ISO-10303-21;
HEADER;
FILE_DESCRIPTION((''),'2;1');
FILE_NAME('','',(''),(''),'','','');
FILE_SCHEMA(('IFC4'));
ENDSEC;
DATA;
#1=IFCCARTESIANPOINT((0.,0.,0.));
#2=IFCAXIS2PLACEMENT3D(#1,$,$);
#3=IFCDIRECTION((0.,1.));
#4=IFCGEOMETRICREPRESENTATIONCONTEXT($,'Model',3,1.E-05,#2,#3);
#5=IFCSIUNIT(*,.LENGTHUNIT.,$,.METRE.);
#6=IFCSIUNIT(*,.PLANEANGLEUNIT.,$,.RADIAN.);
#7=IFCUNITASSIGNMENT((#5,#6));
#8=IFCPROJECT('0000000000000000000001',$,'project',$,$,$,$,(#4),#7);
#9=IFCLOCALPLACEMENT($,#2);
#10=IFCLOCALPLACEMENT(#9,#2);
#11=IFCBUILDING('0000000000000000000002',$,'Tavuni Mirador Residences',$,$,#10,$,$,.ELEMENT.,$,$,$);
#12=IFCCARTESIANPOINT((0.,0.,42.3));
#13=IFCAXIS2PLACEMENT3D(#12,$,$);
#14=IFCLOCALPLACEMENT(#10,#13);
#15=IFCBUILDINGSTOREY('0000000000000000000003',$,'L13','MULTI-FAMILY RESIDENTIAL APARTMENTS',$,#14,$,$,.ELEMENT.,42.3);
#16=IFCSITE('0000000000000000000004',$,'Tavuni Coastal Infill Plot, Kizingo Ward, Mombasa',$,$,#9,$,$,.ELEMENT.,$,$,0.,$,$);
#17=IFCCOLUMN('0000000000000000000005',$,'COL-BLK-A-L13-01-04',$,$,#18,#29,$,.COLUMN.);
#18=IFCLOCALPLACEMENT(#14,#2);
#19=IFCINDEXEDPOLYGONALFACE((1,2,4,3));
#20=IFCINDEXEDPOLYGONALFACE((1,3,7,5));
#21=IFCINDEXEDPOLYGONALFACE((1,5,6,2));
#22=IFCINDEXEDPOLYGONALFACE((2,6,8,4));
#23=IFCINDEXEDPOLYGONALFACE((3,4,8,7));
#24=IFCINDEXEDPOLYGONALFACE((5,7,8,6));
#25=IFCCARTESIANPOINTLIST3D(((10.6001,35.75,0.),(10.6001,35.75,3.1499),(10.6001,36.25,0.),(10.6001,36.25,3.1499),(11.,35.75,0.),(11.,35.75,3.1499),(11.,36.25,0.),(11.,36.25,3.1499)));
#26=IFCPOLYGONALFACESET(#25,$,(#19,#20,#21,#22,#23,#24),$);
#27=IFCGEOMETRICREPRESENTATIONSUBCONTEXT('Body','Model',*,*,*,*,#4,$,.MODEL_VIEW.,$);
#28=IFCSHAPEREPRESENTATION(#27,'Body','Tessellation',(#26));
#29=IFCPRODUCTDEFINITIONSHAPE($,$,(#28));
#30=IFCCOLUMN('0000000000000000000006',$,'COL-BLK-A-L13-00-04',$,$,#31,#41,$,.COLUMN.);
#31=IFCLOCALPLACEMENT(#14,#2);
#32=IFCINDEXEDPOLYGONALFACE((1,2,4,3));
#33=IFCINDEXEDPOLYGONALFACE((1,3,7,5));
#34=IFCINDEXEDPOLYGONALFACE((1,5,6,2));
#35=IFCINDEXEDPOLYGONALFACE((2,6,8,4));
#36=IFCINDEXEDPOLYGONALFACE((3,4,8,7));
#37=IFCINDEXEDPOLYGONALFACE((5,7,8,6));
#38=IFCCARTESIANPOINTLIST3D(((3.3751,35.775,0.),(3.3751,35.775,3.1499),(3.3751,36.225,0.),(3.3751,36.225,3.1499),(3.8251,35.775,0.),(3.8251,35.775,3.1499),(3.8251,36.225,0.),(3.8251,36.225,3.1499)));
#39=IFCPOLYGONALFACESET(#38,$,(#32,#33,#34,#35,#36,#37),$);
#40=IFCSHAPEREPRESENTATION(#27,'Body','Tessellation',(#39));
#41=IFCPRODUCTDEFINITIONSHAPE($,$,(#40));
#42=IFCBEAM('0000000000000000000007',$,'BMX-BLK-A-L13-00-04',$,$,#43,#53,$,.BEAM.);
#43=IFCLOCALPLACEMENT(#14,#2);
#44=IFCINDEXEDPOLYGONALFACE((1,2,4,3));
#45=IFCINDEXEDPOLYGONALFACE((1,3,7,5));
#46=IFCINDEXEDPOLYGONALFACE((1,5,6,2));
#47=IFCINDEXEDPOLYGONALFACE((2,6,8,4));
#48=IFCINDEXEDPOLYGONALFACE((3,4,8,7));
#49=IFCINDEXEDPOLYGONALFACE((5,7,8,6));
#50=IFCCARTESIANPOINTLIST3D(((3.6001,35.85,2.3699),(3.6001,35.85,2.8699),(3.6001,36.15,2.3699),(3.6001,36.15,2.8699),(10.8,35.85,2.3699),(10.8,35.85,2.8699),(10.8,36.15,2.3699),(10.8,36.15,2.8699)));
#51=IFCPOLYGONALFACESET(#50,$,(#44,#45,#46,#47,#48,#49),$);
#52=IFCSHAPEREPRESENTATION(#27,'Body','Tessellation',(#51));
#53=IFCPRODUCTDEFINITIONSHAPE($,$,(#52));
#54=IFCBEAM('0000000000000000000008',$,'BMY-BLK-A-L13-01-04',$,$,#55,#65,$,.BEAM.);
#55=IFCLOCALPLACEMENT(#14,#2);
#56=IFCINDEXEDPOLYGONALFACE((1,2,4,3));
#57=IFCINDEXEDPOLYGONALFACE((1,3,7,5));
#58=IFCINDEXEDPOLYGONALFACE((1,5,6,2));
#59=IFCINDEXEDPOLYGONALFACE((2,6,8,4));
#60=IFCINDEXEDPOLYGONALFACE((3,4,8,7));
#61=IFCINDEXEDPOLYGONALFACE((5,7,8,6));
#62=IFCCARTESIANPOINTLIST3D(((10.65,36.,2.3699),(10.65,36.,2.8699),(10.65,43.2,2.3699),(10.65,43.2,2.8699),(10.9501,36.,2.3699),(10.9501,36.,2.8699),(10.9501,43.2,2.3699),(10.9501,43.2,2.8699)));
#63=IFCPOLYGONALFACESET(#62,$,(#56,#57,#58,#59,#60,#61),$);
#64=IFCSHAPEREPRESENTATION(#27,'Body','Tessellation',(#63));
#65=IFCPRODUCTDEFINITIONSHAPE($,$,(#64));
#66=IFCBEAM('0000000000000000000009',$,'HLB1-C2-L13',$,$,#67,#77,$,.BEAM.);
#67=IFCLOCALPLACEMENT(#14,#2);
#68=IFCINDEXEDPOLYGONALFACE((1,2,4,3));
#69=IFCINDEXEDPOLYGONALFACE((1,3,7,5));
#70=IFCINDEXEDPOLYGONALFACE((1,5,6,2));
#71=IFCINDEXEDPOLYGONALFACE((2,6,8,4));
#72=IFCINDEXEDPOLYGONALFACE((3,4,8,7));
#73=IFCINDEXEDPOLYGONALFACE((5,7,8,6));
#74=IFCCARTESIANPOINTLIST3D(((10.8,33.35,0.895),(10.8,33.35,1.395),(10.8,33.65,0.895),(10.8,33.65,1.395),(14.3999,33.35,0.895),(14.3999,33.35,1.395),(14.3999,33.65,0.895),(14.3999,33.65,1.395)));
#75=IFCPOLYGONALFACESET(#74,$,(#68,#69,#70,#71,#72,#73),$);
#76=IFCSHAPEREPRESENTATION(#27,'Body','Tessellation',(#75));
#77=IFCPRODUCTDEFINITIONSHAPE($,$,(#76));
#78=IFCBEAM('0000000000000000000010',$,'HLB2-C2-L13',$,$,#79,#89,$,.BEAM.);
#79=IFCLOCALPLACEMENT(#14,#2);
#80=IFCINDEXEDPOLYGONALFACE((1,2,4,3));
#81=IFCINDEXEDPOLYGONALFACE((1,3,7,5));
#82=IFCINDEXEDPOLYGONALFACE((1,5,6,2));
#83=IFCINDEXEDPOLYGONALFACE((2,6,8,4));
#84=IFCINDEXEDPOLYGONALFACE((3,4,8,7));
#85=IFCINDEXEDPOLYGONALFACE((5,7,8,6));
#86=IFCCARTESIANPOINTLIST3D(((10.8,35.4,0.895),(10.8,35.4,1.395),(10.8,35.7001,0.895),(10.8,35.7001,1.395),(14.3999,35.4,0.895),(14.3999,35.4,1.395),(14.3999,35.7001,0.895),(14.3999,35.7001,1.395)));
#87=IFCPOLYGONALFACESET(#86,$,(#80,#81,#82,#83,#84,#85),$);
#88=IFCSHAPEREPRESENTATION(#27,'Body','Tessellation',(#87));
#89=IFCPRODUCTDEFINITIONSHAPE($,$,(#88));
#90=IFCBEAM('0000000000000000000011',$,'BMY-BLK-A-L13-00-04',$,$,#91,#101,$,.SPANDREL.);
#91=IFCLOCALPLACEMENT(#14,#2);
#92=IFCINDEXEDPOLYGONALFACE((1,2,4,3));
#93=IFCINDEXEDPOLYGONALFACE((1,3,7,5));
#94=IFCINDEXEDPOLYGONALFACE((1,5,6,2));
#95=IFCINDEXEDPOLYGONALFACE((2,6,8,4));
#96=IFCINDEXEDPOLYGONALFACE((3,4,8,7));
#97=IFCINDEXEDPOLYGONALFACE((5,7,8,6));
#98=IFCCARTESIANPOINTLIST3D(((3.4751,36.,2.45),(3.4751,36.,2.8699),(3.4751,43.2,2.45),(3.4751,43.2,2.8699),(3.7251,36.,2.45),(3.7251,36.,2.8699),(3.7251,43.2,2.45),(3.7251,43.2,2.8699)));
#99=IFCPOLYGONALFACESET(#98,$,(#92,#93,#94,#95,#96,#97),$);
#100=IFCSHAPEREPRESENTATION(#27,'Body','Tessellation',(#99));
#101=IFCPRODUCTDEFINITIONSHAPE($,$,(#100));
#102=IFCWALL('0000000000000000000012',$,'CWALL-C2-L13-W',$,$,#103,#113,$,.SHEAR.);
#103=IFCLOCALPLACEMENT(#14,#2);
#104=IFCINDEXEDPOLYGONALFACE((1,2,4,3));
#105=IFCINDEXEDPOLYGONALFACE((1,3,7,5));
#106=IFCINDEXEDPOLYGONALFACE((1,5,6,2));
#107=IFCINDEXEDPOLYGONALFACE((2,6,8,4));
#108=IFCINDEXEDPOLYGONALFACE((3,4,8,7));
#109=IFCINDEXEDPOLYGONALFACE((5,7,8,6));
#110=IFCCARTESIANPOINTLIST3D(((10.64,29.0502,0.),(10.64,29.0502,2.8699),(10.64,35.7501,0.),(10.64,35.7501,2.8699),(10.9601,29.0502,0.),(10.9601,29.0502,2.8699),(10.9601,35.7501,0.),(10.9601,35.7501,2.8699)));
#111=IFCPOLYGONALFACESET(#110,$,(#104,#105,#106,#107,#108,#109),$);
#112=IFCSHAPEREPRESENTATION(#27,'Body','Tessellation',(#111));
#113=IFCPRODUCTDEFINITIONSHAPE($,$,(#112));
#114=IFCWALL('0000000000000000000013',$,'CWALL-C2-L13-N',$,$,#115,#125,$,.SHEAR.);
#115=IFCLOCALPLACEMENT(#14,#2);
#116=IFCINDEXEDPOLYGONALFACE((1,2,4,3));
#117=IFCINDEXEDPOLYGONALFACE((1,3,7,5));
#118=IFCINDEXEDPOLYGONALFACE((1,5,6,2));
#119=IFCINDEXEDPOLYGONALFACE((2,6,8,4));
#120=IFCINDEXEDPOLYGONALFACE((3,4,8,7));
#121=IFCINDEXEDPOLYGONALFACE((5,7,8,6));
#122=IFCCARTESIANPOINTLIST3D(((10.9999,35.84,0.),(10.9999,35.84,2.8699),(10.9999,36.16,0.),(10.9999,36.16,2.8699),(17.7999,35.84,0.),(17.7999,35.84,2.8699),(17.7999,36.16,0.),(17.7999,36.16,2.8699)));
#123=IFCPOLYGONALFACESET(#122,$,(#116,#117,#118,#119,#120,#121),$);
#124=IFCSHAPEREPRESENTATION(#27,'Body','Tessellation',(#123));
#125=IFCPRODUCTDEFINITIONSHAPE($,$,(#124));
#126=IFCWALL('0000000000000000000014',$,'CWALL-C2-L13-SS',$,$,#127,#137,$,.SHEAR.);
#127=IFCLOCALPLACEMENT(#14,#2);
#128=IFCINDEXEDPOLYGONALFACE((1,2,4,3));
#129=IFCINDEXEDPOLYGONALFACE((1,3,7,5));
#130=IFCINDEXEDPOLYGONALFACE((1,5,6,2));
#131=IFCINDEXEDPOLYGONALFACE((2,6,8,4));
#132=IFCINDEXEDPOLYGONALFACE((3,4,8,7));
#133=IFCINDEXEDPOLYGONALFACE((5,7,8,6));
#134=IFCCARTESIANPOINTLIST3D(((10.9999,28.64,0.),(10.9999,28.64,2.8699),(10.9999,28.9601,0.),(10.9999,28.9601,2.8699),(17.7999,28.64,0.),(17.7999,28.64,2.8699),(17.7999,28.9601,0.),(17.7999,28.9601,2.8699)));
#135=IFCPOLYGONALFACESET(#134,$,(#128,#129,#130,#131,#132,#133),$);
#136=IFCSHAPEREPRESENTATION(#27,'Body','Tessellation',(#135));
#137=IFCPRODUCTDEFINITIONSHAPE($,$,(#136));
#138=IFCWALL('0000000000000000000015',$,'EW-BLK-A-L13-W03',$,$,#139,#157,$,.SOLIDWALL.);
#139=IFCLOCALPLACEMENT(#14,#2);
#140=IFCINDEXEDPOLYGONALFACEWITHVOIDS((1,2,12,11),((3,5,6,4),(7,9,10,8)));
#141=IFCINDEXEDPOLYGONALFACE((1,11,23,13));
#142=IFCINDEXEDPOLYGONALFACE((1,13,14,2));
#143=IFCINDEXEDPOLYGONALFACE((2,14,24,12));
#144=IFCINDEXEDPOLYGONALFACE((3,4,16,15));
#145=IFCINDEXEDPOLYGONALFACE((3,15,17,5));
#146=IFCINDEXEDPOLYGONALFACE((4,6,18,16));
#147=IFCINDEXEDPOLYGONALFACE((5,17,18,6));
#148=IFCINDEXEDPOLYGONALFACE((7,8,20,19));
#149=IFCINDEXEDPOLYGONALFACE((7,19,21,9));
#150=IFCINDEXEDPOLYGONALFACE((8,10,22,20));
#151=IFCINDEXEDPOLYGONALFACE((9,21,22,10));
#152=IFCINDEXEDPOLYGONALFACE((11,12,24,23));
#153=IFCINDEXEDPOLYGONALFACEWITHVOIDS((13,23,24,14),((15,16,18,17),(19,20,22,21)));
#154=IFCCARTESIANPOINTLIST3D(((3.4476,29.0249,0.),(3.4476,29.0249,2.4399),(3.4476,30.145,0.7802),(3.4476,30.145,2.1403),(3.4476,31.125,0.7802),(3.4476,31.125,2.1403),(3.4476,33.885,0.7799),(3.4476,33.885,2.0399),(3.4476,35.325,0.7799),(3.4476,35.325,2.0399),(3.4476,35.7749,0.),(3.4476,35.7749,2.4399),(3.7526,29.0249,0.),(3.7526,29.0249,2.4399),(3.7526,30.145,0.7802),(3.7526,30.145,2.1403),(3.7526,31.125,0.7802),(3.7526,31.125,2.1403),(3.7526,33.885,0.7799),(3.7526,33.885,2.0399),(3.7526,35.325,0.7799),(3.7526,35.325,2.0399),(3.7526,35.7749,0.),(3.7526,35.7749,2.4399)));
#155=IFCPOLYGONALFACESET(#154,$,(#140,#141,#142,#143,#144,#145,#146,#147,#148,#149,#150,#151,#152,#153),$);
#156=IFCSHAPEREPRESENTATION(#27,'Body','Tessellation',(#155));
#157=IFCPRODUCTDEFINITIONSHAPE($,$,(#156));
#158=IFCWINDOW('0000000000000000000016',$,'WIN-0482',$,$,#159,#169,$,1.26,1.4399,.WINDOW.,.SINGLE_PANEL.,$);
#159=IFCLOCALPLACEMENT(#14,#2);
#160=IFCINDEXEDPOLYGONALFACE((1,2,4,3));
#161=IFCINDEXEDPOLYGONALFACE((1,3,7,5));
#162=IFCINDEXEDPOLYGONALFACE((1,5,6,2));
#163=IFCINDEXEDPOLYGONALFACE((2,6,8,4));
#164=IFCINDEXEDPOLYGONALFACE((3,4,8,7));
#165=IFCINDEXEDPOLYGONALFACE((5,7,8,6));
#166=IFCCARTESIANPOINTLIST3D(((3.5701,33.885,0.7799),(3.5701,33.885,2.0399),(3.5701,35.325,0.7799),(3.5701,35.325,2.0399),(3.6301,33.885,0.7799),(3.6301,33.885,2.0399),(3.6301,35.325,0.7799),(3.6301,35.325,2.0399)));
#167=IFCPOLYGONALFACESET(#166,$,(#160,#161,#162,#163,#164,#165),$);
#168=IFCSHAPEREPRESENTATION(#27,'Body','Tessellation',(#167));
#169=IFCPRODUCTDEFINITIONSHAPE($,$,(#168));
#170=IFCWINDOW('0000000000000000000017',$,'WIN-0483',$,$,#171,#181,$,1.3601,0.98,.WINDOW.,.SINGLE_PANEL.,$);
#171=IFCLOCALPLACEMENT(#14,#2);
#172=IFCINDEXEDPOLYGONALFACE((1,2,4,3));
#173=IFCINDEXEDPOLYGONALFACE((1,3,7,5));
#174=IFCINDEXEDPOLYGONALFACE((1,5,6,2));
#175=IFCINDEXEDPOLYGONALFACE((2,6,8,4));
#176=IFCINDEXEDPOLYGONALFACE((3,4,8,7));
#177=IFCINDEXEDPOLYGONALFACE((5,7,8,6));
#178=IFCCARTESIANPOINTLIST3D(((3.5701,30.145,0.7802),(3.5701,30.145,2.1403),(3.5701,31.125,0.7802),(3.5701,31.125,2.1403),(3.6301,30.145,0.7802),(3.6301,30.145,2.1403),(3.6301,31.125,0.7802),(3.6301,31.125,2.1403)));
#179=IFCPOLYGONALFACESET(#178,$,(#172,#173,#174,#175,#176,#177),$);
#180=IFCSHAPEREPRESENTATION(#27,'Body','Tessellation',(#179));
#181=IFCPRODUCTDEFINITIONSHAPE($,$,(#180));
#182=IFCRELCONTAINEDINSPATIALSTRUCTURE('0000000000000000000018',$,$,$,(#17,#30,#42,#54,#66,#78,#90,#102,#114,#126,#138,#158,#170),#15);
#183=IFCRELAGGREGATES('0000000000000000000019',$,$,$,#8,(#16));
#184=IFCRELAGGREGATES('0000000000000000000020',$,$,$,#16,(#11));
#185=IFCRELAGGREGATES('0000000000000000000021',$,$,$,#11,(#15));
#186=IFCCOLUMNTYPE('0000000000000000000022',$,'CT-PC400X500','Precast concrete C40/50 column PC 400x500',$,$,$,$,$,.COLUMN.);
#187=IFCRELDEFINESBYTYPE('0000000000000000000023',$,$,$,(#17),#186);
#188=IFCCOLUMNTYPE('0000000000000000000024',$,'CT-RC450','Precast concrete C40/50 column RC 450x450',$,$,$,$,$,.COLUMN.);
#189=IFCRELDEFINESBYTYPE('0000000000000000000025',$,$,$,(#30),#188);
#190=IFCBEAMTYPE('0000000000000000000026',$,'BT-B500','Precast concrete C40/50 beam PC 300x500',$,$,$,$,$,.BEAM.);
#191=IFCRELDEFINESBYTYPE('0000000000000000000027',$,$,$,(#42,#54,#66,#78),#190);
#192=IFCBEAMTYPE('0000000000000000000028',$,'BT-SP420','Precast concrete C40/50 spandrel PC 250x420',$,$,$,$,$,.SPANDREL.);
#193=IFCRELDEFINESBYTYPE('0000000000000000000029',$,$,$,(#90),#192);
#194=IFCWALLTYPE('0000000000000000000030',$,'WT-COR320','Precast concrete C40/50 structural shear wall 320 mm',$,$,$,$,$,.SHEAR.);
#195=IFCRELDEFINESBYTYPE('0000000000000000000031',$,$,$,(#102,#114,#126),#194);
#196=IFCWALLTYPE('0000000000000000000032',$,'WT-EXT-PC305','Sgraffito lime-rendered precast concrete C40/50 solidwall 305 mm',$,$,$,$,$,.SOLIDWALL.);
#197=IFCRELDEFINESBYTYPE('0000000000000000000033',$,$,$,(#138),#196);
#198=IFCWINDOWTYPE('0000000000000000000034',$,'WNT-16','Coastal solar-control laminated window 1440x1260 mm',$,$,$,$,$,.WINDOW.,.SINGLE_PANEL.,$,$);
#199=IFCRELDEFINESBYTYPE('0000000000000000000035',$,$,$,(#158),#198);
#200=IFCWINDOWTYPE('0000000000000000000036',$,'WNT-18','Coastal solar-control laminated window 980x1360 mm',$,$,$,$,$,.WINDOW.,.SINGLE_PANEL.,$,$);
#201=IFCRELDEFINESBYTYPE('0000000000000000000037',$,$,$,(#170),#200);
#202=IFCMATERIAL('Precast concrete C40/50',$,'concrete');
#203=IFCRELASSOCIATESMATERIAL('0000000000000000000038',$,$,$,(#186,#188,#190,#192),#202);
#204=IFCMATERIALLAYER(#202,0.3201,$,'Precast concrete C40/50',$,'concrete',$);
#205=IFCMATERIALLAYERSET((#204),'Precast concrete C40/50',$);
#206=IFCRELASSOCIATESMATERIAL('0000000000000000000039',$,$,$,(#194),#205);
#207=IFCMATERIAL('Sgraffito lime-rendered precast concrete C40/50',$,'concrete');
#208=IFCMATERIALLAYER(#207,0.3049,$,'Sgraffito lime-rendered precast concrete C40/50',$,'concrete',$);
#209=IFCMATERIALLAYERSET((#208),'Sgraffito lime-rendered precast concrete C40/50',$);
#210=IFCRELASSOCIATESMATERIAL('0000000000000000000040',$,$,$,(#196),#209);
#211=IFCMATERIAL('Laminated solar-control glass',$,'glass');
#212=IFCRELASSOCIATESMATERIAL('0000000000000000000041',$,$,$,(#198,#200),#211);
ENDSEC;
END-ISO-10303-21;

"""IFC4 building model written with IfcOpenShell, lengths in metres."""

from ifc_helpers import new_model, si_unit, direction, frame, frame_2d, origin, origin_2d, place, context, subcontext, project, spatial, rectangle, extrude, material, layer, layer_set, material_profile, profile_set, type_object, element, fill, save


model = new_model("IFC4")

# Units and contexts
model_context = context("Model", 3, precision=1e-05, world=origin(), true_north=direction((0.0, 1.0)))
body_context = subcontext(model_context, "Body", "Model", "MODEL_VIEW")
ifc_project = project(units=[si_unit("LENGTHUNIT", "METRE"), si_unit("PLANEANGLEUNIT", "RADIAN")], contexts=[model_context])

# Site, building, storey
site_placement = place(None, origin())
site = spatial("IfcSite", under=ifc_project, at=site_placement, Name="Tavuni Coastal Infill Plot, Kizingo Ward, Mombasa", CompositionType="ELEMENT", RefElevation=0.0)
building_placement = place(site_placement, origin())
building = spatial("IfcBuilding", under=site, at=building_placement, Name="Tavuni Mirador Residences", CompositionType="ELEMENT")
storey_placement = place(building_placement, frame((0.0, 0.0, 42.3)))
storey = spatial("IfcBuildingStorey", under=building, at=storey_placement, Name="L13", Description="MULTI-FAMILY RESIDENTIAL APARTMENTS", CompositionType="ELEMENT", Elevation=42.3)

# Columns
ifc_material_1 = material(Name="Precast concrete C40/50", Category="concrete")
ifc_material_profile_1 = material_profile(ifc_material_1, rectangle(XDim=0.3999, YDim=0.5, at=origin_2d()), Name="PC 400x500", Category="concrete")
ifc_profile_set_1 = profile_set([ifc_material_profile_1], Name="Precast concrete C40/50")
column_type_1 = type_object("IfcColumnType", Name="CT-PC400X500", Description="Precast concrete C40/50 column PC 400x500", PredefinedType="COLUMN", material=ifc_profile_set_1)
column_1_placement = place(storey_placement, frame((10.8, 36.0, 0.0), z_axis=(0.0, 0.0, 1.0), x_axis=(1.0, 0.0, 0.0)))
element("IfcColumn", 1, at=column_1_placement, inside=storey, type_object=column_type_1, Name="COL-BLK-A-L13-01-04", PredefinedType="COLUMN", context=body_context, shape_type="SweptSolid", body=[
    extrude(rectangle(XDim=0.3999, YDim=0.5, at=origin_2d()), origin(), (0.0, 0.0, 1.0), 3.1499),
])
ifc_material_profile_2 = material_profile(ifc_material_1, rectangle(XDim=0.45, YDim=0.45, at=origin_2d()), Name="RC 450x450", Category="concrete")
ifc_profile_set_2 = profile_set([ifc_material_profile_2], Name="Precast concrete C40/50")
column_type_2 = type_object("IfcColumnType", Name="CT-RC450", Description="Precast concrete C40/50 column RC 450x450", PredefinedType="COLUMN", material=ifc_profile_set_2)
column_2_placement = place(storey_placement, frame((3.6001, 36.0, 0.0), z_axis=(0.0, 0.0, 1.0), x_axis=(1.0, 0.0, 0.0)))
element("IfcColumn", 2, at=column_2_placement, inside=storey, type_object=column_type_2, Name="COL-BLK-A-L13-00-04", PredefinedType="COLUMN", context=body_context, shape_type="SweptSolid", body=[
    extrude(rectangle(XDim=0.45, YDim=0.45, at=origin_2d()), origin(), (0.0, 0.0, 1.0), 3.1499),
])

# Beams
ifc_material_profile_3 = material_profile(ifc_material_1, rectangle(XDim=0.3, YDim=0.5, at=origin_2d()), Name="PC 300x500", Category="concrete")
ifc_profile_set_3 = profile_set([ifc_material_profile_3], Name="Precast concrete C40/50")
beam_type_1 = type_object("IfcBeamType", Name="BT-B500", Description="Precast concrete C40/50 beam PC 300x500", PredefinedType="BEAM", material=ifc_profile_set_3)
for number, where, z_axis, x_axis, name in (
    (3, (3.6001, 36.0, 2.6199), (1.0, 0.0, 0.0), (0.0, 1.0, 0.0), "BMX-BLK-A-L13-00-04"),
    (4, (10.8, 36.0, 2.6199), (0.0, 1.0, 0.0), (-1.0, 0.0, 0.0), "BMY-BLK-A-L13-01-04"),
):
    element("IfcBeam", number, at=place(storey_placement, frame(where, z_axis=z_axis, x_axis=x_axis)), inside=storey, type_object=beam_type_1, Name=name, PredefinedType="BEAM", context=body_context, shape_type="SweptSolid", body=[
        extrude(rectangle(XDim=0.3, YDim=0.5, at=origin_2d()), origin(), (0.0, 0.0, 1.0), 7.2),
    ])
for number, where, z_axis, x_axis, name in (
    (5, (10.8, 33.5, 1.145), (1.0, 0.0, 0.0), (0.0, 1.0, 0.0), "HLB1-C2-L13"),
    (6, (10.8, 35.55, 1.145), (1.0, 0.0, 0.0), (0.0, 1.0, 0.0), "HLB2-C2-L13"),
):
    element("IfcBeam", number, at=place(storey_placement, frame(where, z_axis=z_axis, x_axis=x_axis)), inside=storey, type_object=beam_type_1, Name=name, PredefinedType="BEAM", context=body_context, shape_type="SweptSolid", body=[
        extrude(rectangle(XDim=0.3, YDim=0.5, at=origin_2d()), origin(), (0.0, 0.0, 1.0), 3.5999),
    ])
ifc_material_profile_4 = material_profile(ifc_material_1, rectangle(XDim=0.25, YDim=0.4199, at=origin_2d()), Name="PC 250x420", Category="concrete")
ifc_profile_set_4 = profile_set([ifc_material_profile_4], Name="Precast concrete C40/50")
beam_type_2 = type_object("IfcBeamType", Name="BT-SP420", Description="Precast concrete C40/50 spandrel PC 250x420", PredefinedType="SPANDREL", material=ifc_profile_set_4)
beam_placement = place(storey_placement, frame((3.6001, 36.0, 2.6599), z_axis=(0.0, 1.0, 0.0), x_axis=(-1.0, 0.0, 0.0)))
element("IfcBeam", 7, at=beam_placement, inside=storey, type_object=beam_type_2, Name="BMY-BLK-A-L13-00-04", PredefinedType="SPANDREL", context=body_context, shape_type="SweptSolid", body=[
    extrude(rectangle(XDim=0.25, YDim=0.4199, at=origin_2d()), origin(), (0.0, 0.0, 1.0), 7.2),
])

# Walls
ifc_layer_1 = layer(ifc_material_1, 0.3201, Name="Precast concrete C40/50", Category="concrete")
ifc_layer_set_1 = layer_set([ifc_layer_1], Name="Precast concrete C40/50")
wall_type_1 = type_object("IfcWallType", Name="WT-COR320", Description="Precast concrete C40/50 structural shear wall 320 mm", PredefinedType="SHEAR", material=ifc_layer_set_1)
wall_1_placement = place(storey_placement, frame((10.8, 29.05, 0.0), z_axis=(0.0, 0.0, 1.0), x_axis=(0.0, 1.0, 0.0)))
element("IfcWall", 8, at=wall_1_placement, inside=storey, type_object=wall_type_1, Name="CWALL-C2-L13-W", PredefinedType="SHEAR", context=body_context, shape_type="SweptSolid", body=[
    extrude(rectangle(XDim=6.7, YDim=0.3201, at=frame_2d((3.3501, 0.0))), origin(), (0.0, 0.0, 1.0), 2.8699),
])
for number, where, z_axis, x_axis, name in (
    (9, (11.0, 36.0, 0.0), (0.0, 0.0, 1.0), (1.0, 0.0, 0.0), "CWALL-C2-L13-N"),
    (10, (11.0, 28.8, 0.0), (0.0, 0.0, 1.0), (1.0, 0.0, 0.0), "CWALL-C2-L13-SS"),
):
    element("IfcWall", number, at=place(storey_placement, frame(where, z_axis=z_axis, x_axis=x_axis)), inside=storey, type_object=wall_type_1, Name=name, PredefinedType="SHEAR", context=body_context, shape_type="SweptSolid", body=[
        extrude(rectangle(XDim=6.8, YDim=0.3201, at=frame_2d((3.3999, 0.0))), origin(), (0.0, 0.0, 1.0), 2.8699),
    ])

# Wall, openings, windows
ifc_material_2 = material(Name="Sgraffito lime-rendered precast concrete C40/50", Category="concrete")
ifc_layer_2 = layer(ifc_material_2, 0.3049, Name="Sgraffito lime-rendered precast concrete C40/50", Category="concrete")
ifc_layer_set_2 = layer_set([ifc_layer_2], Name="Sgraffito lime-rendered precast concrete C40/50")
wall_type_2 = type_object("IfcWallType", Name="WT-EXT-PC305", Description="Sgraffito lime-rendered precast concrete C40/50 solidwall 305 mm", PredefinedType="SOLIDWALL", material=ifc_layer_set_2)
wall_2_placement = place(storey_placement, frame((3.6001, 35.7749, 0.0), z_axis=(0.0, 0.0, 1.0), x_axis=(0.0, -1.0, 0.0)))
wall_2 = element("IfcWall", 11, at=wall_2_placement, inside=storey, type_object=wall_type_2, Name="EW-BLK-A-L13-W03", PredefinedType="SOLIDWALL", context=body_context, shape_type="SweptSolid", body=[
    extrude(rectangle(XDim=6.75, YDim=0.3049, at=frame_2d((3.375, 0.0))), origin(), (0.0, 0.0, 1.0), 2.4399),
])
opening_1_placement = place(wall_2_placement, frame((0.45, 0.0, 0.78)))
opening_1 = element("IfcOpeningElement", 12, at=opening_1_placement, cuts=wall_2, PredefinedType="OPENING", context=body_context, shape_type="SweptSolid", body=[
    extrude(rectangle(XDim=1.4399, YDim=1.26, at=frame_2d((0.72, 0.6299))), frame((0.0, 0.1626, 0.0), z_axis=(0.0, -1.0, 0.0), x_axis=(1.0, 0.0, 0.0)), (0.0, 0.0, 1.0), 0.325),
])
opening_2_placement = place(wall_2_placement, frame((4.6499, 0.0, 0.78)))
opening_2 = element("IfcOpeningElement", 13, at=opening_2_placement, cuts=wall_2, PredefinedType="OPENING", context=body_context, shape_type="SweptSolid", body=[
    extrude(rectangle(XDim=0.98, YDim=1.3601, at=frame_2d((0.49, 0.6802))), frame((0.0, 0.1626, 0.0), z_axis=(0.0, -1.0, 0.0), x_axis=(1.0, 0.0, 0.0)), (0.0, 0.0, 1.0), 0.325),
])
ifc_material_3 = material(Name="Laminated solar-control glass", Category="glass")
window_type_1 = type_object("IfcWindowType", Name="WNT-16", Description="Coastal solar-control laminated window 1440x1260 mm", PartitioningType="SINGLE_PANEL", PredefinedType="WINDOW", material=ifc_material_3)
window_1_placement = place(opening_1_placement, origin())
window_1 = element("IfcWindow", 14, at=window_1_placement, inside=storey, type_object=window_type_1, Name="WIN-0482", OverallHeight=1.26, OverallWidth=1.4399, PartitioningType="SINGLE_PANEL", PredefinedType="WINDOW", context=body_context, shape_type="SweptSolid", body=[
    extrude(rectangle(XDim=1.4399, YDim=1.26, at=frame_2d((0.72, 0.6299))), frame((0.0, 0.03, 0.0), z_axis=(0.0, -1.0, 0.0), x_axis=(1.0, 0.0, 0.0)), (0.0, 0.0, 1.0), 0.0601),
])
fill(opening_1, window_1)
window_type_2 = type_object("IfcWindowType", Name="WNT-18", Description="Coastal solar-control laminated window 980x1360 mm", PartitioningType="SINGLE_PANEL", PredefinedType="WINDOW", material=ifc_material_3)
window_2_placement = place(opening_2_placement, origin())
window_2 = element("IfcWindow", 15, at=window_2_placement, inside=storey, type_object=window_type_2, Name="WIN-0483", OverallHeight=1.3601, OverallWidth=0.98, PartitioningType="SINGLE_PANEL", PredefinedType="WINDOW", context=body_context, shape_type="SweptSolid", body=[
    extrude(rectangle(XDim=0.98, YDim=1.3601, at=frame_2d((0.49, 0.6802))), frame((0.0, 0.03, 0.0), z_axis=(0.0, -1.0, 0.0), x_axis=(1.0, 0.0, 0.0)), (0.0, 0.0, 1.0), 0.0601),
])
fill(opening_2, window_2)

save(model, "model.ifc")
